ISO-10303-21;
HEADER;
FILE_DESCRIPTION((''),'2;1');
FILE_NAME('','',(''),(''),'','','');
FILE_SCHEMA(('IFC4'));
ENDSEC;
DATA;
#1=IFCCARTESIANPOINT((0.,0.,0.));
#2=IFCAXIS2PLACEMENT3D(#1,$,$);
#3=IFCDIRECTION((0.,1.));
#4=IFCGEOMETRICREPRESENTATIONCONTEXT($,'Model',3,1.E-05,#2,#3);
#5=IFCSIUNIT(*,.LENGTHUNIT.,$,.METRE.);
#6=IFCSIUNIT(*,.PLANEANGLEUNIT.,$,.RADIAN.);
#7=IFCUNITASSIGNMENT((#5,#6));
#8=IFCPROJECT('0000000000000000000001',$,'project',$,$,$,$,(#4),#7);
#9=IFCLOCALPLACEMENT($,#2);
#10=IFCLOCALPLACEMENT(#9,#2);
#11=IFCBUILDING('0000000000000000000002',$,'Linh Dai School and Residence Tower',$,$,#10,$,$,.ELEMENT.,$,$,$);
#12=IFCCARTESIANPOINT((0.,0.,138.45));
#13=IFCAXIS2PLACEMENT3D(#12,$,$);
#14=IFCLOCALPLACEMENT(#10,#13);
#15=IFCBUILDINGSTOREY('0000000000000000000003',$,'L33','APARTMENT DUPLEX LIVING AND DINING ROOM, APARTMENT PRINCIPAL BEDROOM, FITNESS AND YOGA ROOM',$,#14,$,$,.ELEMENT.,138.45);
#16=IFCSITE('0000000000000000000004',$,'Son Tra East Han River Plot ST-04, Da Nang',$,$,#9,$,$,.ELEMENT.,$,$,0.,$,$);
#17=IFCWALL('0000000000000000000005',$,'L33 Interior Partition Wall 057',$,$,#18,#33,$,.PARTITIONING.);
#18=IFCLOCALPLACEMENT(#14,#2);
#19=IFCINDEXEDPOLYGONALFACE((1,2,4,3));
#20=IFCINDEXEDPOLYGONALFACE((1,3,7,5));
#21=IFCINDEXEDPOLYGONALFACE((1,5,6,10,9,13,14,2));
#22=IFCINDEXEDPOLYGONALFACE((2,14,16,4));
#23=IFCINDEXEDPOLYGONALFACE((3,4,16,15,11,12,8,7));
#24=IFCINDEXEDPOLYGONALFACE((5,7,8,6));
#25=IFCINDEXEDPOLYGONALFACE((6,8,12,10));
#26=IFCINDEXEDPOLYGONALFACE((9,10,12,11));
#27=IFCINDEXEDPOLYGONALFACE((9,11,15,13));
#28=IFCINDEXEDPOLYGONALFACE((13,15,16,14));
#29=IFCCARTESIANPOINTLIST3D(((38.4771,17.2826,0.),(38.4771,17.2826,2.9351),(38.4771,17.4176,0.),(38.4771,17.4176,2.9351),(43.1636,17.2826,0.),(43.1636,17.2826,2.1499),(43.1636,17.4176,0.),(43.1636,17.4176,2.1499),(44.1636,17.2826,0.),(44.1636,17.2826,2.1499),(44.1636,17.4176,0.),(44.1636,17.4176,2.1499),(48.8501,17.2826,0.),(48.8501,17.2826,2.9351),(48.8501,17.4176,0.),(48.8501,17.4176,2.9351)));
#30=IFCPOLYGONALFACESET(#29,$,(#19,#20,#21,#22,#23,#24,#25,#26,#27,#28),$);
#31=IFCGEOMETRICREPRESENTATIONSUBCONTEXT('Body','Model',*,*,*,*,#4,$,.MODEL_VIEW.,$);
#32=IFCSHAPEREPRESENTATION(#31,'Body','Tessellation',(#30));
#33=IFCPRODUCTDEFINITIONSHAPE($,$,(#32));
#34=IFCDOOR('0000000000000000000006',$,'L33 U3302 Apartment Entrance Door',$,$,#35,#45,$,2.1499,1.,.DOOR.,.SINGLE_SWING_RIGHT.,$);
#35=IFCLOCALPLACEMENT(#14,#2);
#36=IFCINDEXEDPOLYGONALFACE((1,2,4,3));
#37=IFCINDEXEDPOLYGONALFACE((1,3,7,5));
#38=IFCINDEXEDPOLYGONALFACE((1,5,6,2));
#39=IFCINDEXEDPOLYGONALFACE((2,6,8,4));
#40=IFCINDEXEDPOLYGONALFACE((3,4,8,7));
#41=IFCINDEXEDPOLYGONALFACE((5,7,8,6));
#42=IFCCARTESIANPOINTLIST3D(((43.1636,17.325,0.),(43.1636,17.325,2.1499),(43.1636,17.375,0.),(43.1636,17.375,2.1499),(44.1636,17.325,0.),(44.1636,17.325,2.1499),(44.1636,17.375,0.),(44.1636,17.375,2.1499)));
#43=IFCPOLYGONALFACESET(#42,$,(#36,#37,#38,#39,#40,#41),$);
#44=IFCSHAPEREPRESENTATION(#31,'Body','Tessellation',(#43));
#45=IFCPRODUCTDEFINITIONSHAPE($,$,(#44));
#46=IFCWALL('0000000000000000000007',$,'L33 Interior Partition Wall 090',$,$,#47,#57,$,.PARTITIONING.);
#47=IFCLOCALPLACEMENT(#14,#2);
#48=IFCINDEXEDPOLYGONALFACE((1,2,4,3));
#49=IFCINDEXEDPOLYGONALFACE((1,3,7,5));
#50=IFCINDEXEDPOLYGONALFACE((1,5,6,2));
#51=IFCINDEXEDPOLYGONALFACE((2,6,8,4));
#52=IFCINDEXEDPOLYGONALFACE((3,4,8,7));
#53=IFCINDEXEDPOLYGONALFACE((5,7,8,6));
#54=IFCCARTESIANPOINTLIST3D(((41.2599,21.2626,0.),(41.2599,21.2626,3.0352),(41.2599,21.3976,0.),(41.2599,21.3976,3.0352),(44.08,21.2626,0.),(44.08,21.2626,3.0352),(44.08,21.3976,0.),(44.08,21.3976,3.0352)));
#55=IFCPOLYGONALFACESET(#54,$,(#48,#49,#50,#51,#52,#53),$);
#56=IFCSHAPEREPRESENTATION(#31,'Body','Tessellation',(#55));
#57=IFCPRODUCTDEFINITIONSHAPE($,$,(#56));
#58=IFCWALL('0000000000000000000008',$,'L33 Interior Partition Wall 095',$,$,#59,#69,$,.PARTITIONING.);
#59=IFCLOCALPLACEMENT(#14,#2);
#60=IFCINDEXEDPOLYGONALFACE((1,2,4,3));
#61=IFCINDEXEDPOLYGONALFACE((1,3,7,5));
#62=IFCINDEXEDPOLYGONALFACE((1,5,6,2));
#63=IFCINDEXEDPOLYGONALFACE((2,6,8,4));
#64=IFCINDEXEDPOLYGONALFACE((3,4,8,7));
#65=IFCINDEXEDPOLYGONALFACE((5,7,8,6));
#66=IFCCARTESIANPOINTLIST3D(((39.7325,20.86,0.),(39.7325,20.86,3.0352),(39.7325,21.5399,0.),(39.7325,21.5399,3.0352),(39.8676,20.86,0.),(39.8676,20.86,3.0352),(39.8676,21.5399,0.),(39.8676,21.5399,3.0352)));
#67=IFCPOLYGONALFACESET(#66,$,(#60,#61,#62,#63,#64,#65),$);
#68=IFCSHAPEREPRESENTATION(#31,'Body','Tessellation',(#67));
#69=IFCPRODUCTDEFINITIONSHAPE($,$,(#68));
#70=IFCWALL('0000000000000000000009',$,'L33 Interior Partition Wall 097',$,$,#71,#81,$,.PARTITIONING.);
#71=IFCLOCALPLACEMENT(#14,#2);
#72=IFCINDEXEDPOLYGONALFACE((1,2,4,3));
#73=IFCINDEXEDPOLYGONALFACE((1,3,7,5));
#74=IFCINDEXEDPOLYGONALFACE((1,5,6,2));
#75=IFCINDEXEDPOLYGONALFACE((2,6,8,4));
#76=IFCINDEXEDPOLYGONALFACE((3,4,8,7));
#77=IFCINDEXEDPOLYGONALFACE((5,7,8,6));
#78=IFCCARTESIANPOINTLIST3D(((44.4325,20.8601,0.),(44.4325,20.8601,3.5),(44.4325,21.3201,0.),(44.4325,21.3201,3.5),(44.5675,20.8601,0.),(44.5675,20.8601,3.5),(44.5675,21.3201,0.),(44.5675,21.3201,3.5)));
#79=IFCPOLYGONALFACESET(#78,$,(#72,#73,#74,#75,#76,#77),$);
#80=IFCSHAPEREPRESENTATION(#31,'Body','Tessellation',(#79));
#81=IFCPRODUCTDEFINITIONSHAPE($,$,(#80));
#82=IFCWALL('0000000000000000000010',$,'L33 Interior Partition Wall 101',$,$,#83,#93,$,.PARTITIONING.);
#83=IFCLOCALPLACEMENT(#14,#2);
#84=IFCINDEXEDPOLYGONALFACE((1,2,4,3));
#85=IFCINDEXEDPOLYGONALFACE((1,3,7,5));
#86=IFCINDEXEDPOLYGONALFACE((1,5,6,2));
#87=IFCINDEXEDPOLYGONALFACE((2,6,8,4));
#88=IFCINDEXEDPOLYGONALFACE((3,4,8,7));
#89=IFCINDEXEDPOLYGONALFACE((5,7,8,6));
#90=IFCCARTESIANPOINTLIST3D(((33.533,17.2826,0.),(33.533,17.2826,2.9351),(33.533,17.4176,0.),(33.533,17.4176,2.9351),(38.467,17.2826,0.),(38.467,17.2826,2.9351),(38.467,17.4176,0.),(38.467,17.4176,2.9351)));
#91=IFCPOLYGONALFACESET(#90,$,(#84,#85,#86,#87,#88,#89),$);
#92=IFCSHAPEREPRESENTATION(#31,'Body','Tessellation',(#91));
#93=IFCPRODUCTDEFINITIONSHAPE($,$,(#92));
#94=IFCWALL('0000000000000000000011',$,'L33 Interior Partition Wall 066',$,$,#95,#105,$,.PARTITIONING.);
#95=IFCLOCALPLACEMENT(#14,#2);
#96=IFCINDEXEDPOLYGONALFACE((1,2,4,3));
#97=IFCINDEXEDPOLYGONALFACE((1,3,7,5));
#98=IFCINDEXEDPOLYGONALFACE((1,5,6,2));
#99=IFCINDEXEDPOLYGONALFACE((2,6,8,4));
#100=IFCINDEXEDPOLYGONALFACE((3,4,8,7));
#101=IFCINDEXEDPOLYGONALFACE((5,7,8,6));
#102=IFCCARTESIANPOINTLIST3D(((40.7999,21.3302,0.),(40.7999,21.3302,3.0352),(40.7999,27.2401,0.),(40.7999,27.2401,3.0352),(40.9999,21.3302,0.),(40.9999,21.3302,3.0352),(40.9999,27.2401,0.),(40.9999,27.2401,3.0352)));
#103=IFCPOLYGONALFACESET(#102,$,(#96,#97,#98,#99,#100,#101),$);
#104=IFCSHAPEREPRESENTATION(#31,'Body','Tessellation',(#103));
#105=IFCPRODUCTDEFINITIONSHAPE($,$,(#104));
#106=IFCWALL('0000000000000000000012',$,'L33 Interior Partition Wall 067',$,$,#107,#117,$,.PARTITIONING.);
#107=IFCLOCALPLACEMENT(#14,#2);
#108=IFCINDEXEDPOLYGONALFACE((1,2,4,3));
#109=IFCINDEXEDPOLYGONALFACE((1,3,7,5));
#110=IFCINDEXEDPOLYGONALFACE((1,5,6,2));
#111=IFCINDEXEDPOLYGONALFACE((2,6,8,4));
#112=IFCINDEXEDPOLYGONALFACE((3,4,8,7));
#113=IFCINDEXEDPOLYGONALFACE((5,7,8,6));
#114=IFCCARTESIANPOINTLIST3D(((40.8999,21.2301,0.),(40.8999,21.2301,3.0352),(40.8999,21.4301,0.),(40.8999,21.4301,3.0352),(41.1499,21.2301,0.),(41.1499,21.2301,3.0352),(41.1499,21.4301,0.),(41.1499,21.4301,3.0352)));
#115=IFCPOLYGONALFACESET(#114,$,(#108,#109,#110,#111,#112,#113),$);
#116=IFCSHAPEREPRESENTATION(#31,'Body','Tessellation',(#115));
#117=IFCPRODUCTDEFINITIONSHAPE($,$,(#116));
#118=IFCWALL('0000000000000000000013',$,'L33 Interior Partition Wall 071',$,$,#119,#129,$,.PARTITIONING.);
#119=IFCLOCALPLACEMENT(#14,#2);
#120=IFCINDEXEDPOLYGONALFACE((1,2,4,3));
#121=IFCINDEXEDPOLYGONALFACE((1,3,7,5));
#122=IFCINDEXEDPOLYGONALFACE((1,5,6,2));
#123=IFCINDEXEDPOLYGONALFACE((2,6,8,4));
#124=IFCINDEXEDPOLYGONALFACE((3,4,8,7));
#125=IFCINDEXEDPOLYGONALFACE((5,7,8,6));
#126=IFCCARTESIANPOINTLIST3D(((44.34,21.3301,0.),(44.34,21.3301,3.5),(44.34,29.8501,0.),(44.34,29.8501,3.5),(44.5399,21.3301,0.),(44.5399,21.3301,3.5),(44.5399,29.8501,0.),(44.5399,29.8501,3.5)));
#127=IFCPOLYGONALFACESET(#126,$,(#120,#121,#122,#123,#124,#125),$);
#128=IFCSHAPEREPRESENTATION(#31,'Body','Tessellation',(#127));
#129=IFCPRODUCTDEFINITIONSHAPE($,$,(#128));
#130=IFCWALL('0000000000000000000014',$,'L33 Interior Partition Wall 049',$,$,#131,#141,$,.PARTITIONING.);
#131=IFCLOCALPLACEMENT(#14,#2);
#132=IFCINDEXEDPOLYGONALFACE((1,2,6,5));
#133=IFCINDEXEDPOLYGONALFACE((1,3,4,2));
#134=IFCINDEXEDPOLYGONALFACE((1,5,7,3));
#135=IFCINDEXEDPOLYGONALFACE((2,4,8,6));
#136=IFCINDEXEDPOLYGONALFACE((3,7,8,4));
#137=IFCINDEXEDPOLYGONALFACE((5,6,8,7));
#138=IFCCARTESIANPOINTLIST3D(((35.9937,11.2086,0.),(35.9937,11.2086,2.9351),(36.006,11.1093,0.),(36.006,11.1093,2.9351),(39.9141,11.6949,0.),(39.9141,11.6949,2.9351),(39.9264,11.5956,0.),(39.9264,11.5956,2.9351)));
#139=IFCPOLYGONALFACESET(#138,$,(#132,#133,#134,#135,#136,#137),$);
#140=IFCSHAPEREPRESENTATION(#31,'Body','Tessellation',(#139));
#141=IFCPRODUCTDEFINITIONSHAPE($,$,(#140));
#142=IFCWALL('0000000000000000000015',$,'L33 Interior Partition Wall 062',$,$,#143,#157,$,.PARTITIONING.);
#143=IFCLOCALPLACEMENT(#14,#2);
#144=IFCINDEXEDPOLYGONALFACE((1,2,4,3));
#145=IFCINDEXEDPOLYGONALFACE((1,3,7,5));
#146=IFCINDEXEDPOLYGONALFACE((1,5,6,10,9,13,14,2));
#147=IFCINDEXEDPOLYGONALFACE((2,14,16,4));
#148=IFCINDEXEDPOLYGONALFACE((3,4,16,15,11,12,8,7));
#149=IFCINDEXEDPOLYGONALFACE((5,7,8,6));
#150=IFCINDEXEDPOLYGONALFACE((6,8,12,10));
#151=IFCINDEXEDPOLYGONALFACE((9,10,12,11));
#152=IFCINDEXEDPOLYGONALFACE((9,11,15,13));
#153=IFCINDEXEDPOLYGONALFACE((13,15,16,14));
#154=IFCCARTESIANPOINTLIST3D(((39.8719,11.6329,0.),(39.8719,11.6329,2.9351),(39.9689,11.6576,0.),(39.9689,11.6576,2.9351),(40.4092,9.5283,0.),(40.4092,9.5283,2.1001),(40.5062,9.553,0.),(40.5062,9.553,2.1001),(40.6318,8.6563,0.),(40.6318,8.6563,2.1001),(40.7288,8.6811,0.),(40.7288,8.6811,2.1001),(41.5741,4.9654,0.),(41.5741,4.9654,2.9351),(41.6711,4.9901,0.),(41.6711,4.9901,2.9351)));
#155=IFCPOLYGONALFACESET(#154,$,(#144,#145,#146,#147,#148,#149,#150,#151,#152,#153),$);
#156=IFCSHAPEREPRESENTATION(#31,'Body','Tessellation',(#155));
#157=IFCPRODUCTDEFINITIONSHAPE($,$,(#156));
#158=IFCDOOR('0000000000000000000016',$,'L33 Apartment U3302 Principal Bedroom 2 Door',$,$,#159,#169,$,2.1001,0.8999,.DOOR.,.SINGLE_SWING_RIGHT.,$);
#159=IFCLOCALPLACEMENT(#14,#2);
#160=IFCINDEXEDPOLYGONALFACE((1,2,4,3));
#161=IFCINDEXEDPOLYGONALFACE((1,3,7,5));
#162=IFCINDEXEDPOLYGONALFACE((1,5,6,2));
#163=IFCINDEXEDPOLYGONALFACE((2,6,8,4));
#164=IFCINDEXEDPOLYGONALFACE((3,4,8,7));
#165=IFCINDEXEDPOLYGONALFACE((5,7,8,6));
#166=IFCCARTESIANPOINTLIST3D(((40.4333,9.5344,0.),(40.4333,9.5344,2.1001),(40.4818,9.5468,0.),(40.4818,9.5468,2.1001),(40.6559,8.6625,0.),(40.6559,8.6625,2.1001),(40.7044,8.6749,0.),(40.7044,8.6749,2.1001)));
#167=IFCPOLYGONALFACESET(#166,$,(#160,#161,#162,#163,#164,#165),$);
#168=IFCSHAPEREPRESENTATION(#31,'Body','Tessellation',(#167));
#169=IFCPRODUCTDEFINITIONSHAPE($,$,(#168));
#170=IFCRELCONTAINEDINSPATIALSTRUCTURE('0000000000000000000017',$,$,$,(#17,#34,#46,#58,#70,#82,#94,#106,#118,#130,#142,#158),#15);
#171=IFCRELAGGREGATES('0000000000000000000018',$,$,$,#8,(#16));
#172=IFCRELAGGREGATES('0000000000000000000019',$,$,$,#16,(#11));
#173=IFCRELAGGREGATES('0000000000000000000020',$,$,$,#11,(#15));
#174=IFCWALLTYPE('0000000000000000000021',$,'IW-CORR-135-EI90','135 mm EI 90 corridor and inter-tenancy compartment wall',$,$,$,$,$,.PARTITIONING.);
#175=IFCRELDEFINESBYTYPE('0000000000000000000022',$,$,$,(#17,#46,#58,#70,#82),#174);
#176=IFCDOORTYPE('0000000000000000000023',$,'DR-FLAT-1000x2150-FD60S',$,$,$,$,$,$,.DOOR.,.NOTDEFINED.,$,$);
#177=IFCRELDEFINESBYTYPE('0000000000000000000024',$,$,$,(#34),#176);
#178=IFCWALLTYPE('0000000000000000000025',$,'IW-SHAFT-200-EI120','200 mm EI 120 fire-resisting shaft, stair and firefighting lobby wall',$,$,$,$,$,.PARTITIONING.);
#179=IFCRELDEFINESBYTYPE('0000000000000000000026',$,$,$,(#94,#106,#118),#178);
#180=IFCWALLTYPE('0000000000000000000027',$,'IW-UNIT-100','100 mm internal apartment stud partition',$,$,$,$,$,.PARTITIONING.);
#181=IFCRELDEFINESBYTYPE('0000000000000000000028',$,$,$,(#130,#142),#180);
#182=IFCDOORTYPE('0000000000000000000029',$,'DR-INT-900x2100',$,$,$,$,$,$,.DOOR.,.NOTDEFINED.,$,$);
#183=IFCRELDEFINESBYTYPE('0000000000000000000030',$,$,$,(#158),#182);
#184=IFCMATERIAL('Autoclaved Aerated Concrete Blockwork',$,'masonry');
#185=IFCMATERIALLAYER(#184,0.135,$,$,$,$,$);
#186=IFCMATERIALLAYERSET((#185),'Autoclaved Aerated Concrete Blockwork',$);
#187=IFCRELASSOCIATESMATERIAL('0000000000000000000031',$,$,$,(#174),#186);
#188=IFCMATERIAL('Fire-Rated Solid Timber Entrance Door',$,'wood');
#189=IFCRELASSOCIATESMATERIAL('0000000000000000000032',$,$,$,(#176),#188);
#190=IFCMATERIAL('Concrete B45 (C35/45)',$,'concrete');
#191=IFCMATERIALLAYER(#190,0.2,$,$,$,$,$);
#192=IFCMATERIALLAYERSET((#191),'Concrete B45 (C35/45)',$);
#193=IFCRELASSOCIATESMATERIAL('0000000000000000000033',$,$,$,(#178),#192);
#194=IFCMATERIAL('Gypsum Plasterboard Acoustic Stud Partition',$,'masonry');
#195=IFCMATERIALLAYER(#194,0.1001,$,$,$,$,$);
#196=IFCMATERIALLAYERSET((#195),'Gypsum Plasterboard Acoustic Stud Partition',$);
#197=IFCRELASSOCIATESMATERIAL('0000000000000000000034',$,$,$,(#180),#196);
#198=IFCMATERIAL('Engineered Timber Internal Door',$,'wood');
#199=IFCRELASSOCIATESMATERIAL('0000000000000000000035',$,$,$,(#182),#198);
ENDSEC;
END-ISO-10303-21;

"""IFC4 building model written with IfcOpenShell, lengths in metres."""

from ifc_helpers import new_model, si_unit, direction, frame, frame_2d, origin, origin_2d, place, context, subcontext, project, spatial, rectangle, extrude, source, transform, mapped, material, layer, layer_set, type_object, element, fill, save


model = new_model("IFC4")

# Units and contexts
model_context = context("Model", 3, precision=1e-05, world=origin(), true_north=direction((0.0, 1.0)))
body_context = subcontext(model_context, "Body", "Model", "MODEL_VIEW")
ifc_project = project(units=[si_unit("LENGTHUNIT", "METRE"), si_unit("PLANEANGLEUNIT", "RADIAN")], contexts=[model_context])

# Site, building, storey
site_placement = place(None, origin())
site = spatial("IfcSite", under=ifc_project, at=site_placement, Name="Son Tra East Han River Plot ST-04, Da Nang", CompositionType="ELEMENT", RefElevation=0.0)
building_placement = place(site_placement, origin())
building = spatial("IfcBuilding", under=site, at=building_placement, Name="Linh Dai School and Residence Tower", CompositionType="ELEMENT")
storey_placement = place(building_placement, frame((0.0, 0.0, 138.45)))
storey = spatial("IfcBuildingStorey", under=building, at=storey_placement, Name="L33", Description="APARTMENT DUPLEX LIVING AND DINING ROOM, APARTMENT PRINCIPAL BEDROOM, FITNESS AND YOGA ROOM", CompositionType="ELEMENT", Elevation=138.45)

# Wall, opening, door
ifc_material_1 = material(Name="Autoclaved Aerated Concrete Blockwork", Category="masonry")
ifc_layer_1 = layer(ifc_material_1, 0.135)
ifc_layer_set_1 = layer_set([ifc_layer_1], Name="Autoclaved Aerated Concrete Blockwork")
wall_type_1 = type_object("IfcWallType", Name="IW-CORR-135-EI90", Description="135 mm EI 90 corridor and inter-tenancy compartment wall", PredefinedType="PARTITIONING", material=ifc_layer_set_1)
wall_1_placement = place(storey_placement, frame((38.4771, 17.3501, 0.0), z_axis=(0.0, 0.0, 1.0), x_axis=(1.0, 0.0, 0.0)))
wall_1 = element("IfcWall", 1, at=wall_1_placement, inside=storey, type_object=wall_type_1, Name="L33 Interior Partition Wall 057", PredefinedType="PARTITIONING", context=body_context, shape_type="SweptSolid", body=[
    extrude(rectangle(XDim=10.373, YDim=0.135, at=frame_2d((5.1865, 0.0))), origin(), (0.0, 0.0, 1.0), 2.9351),
])
opening_1_placement = place(wall_1_placement, frame((4.6865, 0.0, 0.0)))
opening_1 = element("IfcOpeningElement", 2, at=opening_1_placement, cuts=wall_1, PredefinedType="OPENING", context=body_context, shape_type="SweptSolid", body=[
    extrude(rectangle(XDim=1.0, YDim=2.1499, at=origin_2d()), frame((0.5, 0.0776, 1.075), z_axis=(0.0, -1.0, 0.0), x_axis=(1.0, 0.0, 0.0)), (0.0, 0.0, 1.0), 0.155),
])
ifc_material_2 = material(Name="Fire-Rated Solid Timber Entrance Door", Category="wood")
door_type_1 = type_object("IfcDoorType", Name="DR-FLAT-1000x2150-FD60S", OperationType="NOTDEFINED", PredefinedType="DOOR", material=ifc_material_2)
shared_shape_1 = source(origin(), body_context, "Body", "SweptSolid", [
    extrude(rectangle(XDim=1.0, YDim=2.1499, at=origin_2d()), frame((0.5, 0.0249, 1.075), z_axis=(0.0, -1.0, 0.0), x_axis=(1.0, 0.0, 0.0)), (0.0, 0.0, 1.0), 0.05),
])
door_1_placement = place(opening_1_placement, origin())
door_1 = element("IfcDoor", 3, at=door_1_placement, inside=storey, type_object=door_type_1, Name="L33 U3302 Apartment Entrance Door", OperationType="SINGLE_SWING_RIGHT", OverallHeight=2.1499, OverallWidth=1.0, PredefinedType="DOOR", context=body_context, shape_type="MappedRepresentation", body=[
    mapped(shared_shape_1, transform((0.0, 0.0, 0.0), x_axis=(1.0, 0.0, 0.0), y_axis=(0.0, 1.0, 0.0), z_axis=(0.0, 0.0, 1.0), scale=1.0)),
])
fill(opening_1, door_1)

# Walls
wall_2_placement = place(storey_placement, frame((44.0801, 21.3301, 0.0), z_axis=(0.0, 0.0, 1.0), x_axis=(-1.0, 0.0, 0.0)))
element("IfcWall", 4, at=wall_2_placement, inside=storey, type_object=wall_type_1, Name="L33 Interior Partition Wall 090", PredefinedType="PARTITIONING", context=body_context, shape_type="SweptSolid", body=[
    extrude(rectangle(XDim=2.8201, YDim=0.135, at=frame_2d((1.4102, 0.0))), origin(), (0.0, 0.0, 1.0), 3.0352),
])
wall_3_placement = place(storey_placement, frame((39.8, 20.8601, 0.0), z_axis=(0.0, 0.0, 1.0), x_axis=(0.0, 1.0, 0.0)))
element("IfcWall", 5, at=wall_3_placement, inside=storey, type_object=wall_type_1, Name="L33 Interior Partition Wall 095", PredefinedType="PARTITIONING", context=body_context, shape_type="SweptSolid", body=[
    extrude(rectangle(XDim=0.6799, YDim=0.135, at=frame_2d((0.3398, 0.0))), origin(), (0.0, 0.0, 1.0), 3.0352),
])
wall_4_placement = place(storey_placement, frame((44.5, 20.8601, 0.0), z_axis=(0.0, 0.0, 1.0), x_axis=(0.0, 1.0, 0.0)))
element("IfcWall", 6, at=wall_4_placement, inside=storey, type_object=wall_type_1, Name="L33 Interior Partition Wall 097", PredefinedType="PARTITIONING", context=body_context, shape_type="SweptSolid", body=[
    extrude(rectangle(XDim=0.46, YDim=0.135, at=frame_2d((0.23, 0.0))), origin(), (0.0, 0.0, 1.0), 3.5),
])
wall_5_placement = place(storey_placement, frame((38.467, 17.3501, 0.0), z_axis=(0.0, 0.0, 1.0), x_axis=(-1.0, 0.0, 0.0)))
element("IfcWall", 7, at=wall_5_placement, inside=storey, type_object=wall_type_1, Name="L33 Interior Partition Wall 101", PredefinedType="PARTITIONING", context=body_context, shape_type="SweptSolid", body=[
    extrude(rectangle(XDim=4.9341, YDim=0.135, at=frame_2d((2.467, 0.0))), origin(), (0.0, 0.0, 1.0), 2.9351),
])
ifc_material_3 = material(Name="Concrete B45 (C35/45)", Category="concrete")
ifc_layer_2 = layer(ifc_material_3, 0.2)
ifc_layer_set_2 = layer_set([ifc_layer_2], Name="Concrete B45 (C35/45)")
wall_type_2 = type_object("IfcWallType", Name="IW-SHAFT-200-EI120", Description="200 mm EI 120 fire-resisting shaft, stair and firefighting lobby wall", PredefinedType="PARTITIONING", material=ifc_layer_set_2)
wall_6_placement = place(storey_placement, frame((40.8999, 21.3301, 0.0), z_axis=(0.0, 0.0, 1.0), x_axis=(0.0, 1.0, 0.0)))
element("IfcWall", 8, at=wall_6_placement, inside=storey, type_object=wall_type_2, Name="L33 Interior Partition Wall 066", PredefinedType="PARTITIONING", context=body_context, shape_type="SweptSolid", body=[
    extrude(rectangle(XDim=5.9099, YDim=0.2, at=frame_2d((2.9551, 0.0))), origin(), (0.0, 0.0, 1.0), 3.0352),
])
wall_7_placement = place(storey_placement, frame((40.8999, 21.3301, 0.0), z_axis=(0.0, 0.0, 1.0), x_axis=(1.0, 0.0, 0.0)))
element("IfcWall", 9, at=wall_7_placement, inside=storey, type_object=wall_type_2, Name="L33 Interior Partition Wall 067", PredefinedType="PARTITIONING", context=body_context, shape_type="SweptSolid", body=[
    extrude(rectangle(XDim=0.25, YDim=0.2, at=frame_2d((0.125, 0.0))), origin(), (0.0, 0.0, 1.0), 3.0352),
])
wall_8_placement = place(storey_placement, frame((44.4399, 21.3301, 0.0), z_axis=(0.0, 0.0, 1.0), x_axis=(0.0, 1.0, 0.0)))
element("IfcWall", 10, at=wall_8_placement, inside=storey, type_object=wall_type_2, Name="L33 Interior Partition Wall 071", PredefinedType="PARTITIONING", context=body_context, shape_type="SweptSolid", body=[
    extrude(rectangle(XDim=8.52, YDim=0.2, at=frame_2d((4.26, 0.0))), origin(), (0.0, 0.0, 1.0), 3.5),
])
ifc_material_4 = material(Name="Gypsum Plasterboard Acoustic Stud Partition", Category="masonry")
ifc_layer_3 = layer(ifc_material_4, 0.1001)
ifc_layer_set_3 = layer_set([ifc_layer_3], Name="Gypsum Plasterboard Acoustic Stud Partition")
wall_type_3 = type_object("IfcWallType", Name="IW-UNIT-100", Description="100 mm internal apartment stud partition", PredefinedType="PARTITIONING", material=ifc_layer_set_3)
wall_9_placement = place(storey_placement, frame((36.0, 11.1589, 0.0), z_axis=(0.0, 0.0, 1.0), x_axis=(0.992393, 0.123107, 0.0)))
element("IfcWall", 11, at=wall_9_placement, inside=storey, type_object=wall_type_3, Name="L33 Interior Partition Wall 049", PredefinedType="PARTITIONING", context=body_context, shape_type="SweptSolid", body=[
    extrude(rectangle(XDim=3.9504, YDim=0.1001, at=frame_2d((1.9751, 0.0))), origin(), (0.0, 0.0, 1.0), 2.9351),
])

# Wall, opening, door
wall_10_placement = place(storey_placement, frame((39.9204, 11.6453, 0.0), z_axis=(0.0, 0.0, 1.0), x_axis=(0.247358, -0.968924, 0.0)))
wall_10 = element("IfcWall", 12, at=wall_10_placement, inside=storey, type_object=wall_type_3, Name="L33 Interior Partition Wall 062", PredefinedType="PARTITIONING", context=body_context, shape_type="SweptSolid", body=[
    extrude(rectangle(XDim=6.8813, YDim=0.1001, at=frame_2d((3.4407, 0.0))), origin(), (0.0, 0.0, 1.0), 2.9351),
])
opening_2_placement = place(wall_10_placement, frame((2.1721, 0.0, 0.0)))
opening_2 = element("IfcOpeningElement", 13, at=opening_2_placement, cuts=wall_10, PredefinedType="OPENING", context=body_context, shape_type="SweptSolid", body=[
    extrude(rectangle(XDim=0.8999, YDim=2.1001, at=origin_2d()), frame((0.45, 0.0601, 1.05), z_axis=(0.0, -1.0, 0.0), x_axis=(1.0, 0.0, 0.0)), (0.0, 0.0, 1.0), 0.1201),
])
ifc_material_5 = material(Name="Engineered Timber Internal Door", Category="wood")
door_type_2 = type_object("IfcDoorType", Name="DR-INT-900x2100", OperationType="NOTDEFINED", PredefinedType="DOOR", material=ifc_material_5)
shared_shape_2 = source(origin(), body_context, "Body", "SweptSolid", [
    extrude(rectangle(XDim=0.8999, YDim=2.1001, at=origin_2d()), frame((0.45, 0.0249, 1.05), z_axis=(0.0, -1.0, 0.0), x_axis=(1.0, 0.0, 0.0)), (0.0, 0.0, 1.0), 0.05),
])
door_2_placement = place(opening_2_placement, origin())
door_2 = element("IfcDoor", 14, at=door_2_placement, inside=storey, type_object=door_type_2, Name="L33 Apartment U3302 Principal Bedroom 2 Door", OperationType="SINGLE_SWING_RIGHT", OverallHeight=2.1001, OverallWidth=0.8999, PredefinedType="DOOR", context=body_context, shape_type="MappedRepresentation", body=[
    mapped(shared_shape_2, transform((0.0, 0.0, 0.0), x_axis=(1.0, 0.0, 0.0), y_axis=(0.0, 1.0, 0.0), z_axis=(0.0, 0.0, 1.0), scale=1.0)),
])
fill(opening_2, door_2)

save(model, "model.ifc")
